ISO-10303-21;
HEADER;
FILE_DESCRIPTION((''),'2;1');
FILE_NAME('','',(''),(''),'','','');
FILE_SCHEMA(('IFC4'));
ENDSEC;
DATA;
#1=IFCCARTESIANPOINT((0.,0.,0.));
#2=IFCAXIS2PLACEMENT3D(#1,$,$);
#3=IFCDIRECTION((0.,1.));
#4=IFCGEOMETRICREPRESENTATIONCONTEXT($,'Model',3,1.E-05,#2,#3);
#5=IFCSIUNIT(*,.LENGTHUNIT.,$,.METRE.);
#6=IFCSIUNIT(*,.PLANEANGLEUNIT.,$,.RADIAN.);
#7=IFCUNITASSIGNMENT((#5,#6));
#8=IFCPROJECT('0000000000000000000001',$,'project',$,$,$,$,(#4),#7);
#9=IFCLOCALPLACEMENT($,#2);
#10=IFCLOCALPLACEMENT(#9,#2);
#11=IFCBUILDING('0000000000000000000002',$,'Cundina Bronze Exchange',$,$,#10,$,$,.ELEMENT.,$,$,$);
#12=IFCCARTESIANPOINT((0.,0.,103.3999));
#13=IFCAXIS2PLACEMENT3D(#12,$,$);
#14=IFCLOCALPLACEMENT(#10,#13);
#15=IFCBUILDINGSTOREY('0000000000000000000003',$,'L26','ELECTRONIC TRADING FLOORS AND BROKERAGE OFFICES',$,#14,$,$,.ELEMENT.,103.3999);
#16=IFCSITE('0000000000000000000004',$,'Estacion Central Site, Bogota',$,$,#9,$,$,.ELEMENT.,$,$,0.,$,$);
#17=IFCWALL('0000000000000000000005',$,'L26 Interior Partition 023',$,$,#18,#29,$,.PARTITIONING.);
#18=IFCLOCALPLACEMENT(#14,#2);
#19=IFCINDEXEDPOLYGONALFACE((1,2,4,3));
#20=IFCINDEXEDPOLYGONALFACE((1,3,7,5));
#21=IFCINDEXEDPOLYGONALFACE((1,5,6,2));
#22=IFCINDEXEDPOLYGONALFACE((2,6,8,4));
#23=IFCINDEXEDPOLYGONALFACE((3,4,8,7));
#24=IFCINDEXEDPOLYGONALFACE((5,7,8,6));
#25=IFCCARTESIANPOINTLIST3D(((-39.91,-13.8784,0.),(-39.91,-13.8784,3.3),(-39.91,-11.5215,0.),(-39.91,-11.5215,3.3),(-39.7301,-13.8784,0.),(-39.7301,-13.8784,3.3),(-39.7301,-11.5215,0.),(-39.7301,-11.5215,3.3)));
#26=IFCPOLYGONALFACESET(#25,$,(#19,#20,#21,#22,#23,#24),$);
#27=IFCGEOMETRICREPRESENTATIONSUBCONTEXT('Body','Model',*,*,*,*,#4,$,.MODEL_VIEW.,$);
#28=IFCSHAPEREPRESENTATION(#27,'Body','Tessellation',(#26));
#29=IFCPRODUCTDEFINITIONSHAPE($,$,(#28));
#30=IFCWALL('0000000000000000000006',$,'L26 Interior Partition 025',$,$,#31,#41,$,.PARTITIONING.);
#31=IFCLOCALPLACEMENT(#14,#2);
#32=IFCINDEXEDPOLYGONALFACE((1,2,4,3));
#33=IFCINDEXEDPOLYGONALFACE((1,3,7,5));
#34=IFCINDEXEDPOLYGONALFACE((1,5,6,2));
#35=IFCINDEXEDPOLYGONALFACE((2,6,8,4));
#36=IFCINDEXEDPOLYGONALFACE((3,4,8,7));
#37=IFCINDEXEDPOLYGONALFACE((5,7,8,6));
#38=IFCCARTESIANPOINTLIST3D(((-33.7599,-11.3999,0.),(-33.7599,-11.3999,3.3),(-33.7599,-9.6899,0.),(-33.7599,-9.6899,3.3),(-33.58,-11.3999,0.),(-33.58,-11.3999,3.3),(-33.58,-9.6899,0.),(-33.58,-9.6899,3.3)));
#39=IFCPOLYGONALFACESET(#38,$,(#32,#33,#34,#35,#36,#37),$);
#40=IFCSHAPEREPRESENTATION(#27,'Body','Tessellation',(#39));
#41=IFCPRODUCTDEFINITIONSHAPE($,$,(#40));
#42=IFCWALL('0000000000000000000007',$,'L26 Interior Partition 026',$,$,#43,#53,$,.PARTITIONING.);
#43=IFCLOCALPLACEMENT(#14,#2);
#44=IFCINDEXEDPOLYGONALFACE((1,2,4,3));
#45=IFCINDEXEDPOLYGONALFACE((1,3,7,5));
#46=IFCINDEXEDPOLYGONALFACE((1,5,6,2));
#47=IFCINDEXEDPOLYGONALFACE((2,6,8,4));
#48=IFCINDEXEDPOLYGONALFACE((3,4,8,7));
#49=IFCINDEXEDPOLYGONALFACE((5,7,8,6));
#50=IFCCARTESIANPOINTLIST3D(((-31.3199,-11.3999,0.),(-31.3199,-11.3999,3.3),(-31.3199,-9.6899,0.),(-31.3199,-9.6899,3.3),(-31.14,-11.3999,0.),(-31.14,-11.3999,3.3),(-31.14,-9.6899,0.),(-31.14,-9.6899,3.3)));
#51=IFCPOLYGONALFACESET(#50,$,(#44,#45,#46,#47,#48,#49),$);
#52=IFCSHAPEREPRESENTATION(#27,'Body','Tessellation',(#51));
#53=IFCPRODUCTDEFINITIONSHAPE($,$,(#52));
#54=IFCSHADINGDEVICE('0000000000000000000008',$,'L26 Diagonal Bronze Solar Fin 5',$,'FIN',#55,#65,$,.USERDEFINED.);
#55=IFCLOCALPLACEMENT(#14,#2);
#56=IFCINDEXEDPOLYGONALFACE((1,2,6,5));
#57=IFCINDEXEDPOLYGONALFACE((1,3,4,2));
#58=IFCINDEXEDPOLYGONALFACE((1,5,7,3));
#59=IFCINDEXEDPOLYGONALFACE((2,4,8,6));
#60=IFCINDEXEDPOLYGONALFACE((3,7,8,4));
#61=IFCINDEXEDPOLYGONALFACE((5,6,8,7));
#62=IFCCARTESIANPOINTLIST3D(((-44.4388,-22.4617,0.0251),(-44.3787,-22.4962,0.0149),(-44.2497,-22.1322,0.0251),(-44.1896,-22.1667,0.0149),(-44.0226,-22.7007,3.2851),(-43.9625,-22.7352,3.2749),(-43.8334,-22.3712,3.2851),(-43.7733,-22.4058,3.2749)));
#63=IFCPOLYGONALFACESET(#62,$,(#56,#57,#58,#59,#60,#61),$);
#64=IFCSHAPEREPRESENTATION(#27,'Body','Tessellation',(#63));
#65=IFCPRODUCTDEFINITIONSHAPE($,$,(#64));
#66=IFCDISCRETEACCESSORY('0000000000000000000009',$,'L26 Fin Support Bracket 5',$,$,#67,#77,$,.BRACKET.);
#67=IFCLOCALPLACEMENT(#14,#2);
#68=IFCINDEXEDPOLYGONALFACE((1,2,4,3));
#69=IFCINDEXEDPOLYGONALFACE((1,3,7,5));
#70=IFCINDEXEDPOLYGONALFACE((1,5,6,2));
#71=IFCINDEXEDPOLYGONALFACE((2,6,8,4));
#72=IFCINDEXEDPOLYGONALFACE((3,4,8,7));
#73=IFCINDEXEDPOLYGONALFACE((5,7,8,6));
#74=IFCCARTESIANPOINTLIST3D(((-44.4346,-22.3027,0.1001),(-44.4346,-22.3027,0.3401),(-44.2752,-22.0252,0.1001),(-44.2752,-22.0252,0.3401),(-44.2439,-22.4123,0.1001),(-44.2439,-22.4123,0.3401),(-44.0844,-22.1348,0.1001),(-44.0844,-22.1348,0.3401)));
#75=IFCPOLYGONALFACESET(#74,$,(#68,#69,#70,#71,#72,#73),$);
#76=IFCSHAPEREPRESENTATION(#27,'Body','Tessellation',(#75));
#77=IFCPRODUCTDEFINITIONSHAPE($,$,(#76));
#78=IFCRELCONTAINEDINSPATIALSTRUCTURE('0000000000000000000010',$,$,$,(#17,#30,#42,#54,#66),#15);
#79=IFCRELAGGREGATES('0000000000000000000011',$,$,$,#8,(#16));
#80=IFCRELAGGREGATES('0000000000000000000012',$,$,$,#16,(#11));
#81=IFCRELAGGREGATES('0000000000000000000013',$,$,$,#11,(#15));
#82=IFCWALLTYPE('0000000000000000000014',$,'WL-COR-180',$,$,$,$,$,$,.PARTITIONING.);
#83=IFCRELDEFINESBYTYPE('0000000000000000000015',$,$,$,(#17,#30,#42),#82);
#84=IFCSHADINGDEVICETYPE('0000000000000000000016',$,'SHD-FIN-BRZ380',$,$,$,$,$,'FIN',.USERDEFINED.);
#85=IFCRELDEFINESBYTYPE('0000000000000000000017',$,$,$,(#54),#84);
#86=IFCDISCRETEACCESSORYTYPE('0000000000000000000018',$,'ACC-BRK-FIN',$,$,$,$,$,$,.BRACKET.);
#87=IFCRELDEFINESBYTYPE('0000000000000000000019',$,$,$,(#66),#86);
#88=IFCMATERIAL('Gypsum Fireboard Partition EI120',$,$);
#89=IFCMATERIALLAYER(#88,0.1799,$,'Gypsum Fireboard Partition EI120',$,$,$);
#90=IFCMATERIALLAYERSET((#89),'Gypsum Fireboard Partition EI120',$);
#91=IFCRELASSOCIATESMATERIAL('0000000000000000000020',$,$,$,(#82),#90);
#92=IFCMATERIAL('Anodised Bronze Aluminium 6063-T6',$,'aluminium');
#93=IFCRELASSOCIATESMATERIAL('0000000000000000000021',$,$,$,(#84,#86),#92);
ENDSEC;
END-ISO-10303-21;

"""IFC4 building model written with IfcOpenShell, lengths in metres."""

from ifc_helpers import new_model, si_unit, direction, frame, frame_2d, origin, origin_2d, place, context, subcontext, project, spatial, rectangle, extrude, material, layer, layer_set, material_profile, profile_set, type_object, element, save


model = new_model("IFC4")

# Units and contexts
model_context = context("Model", 3, precision=1e-05, world=origin(), true_north=direction((0.0, 1.0)))
body_context = subcontext(model_context, "Body", "Model", "MODEL_VIEW")
ifc_project = project(units=[si_unit("LENGTHUNIT", "METRE"), si_unit("PLANEANGLEUNIT", "RADIAN")], contexts=[model_context])

# Site, building, storey
site_placement = place(None, origin())
site = spatial("IfcSite", under=ifc_project, at=site_placement, Name="Estacion Central Site, Bogota", CompositionType="ELEMENT", RefElevation=0.0)
building_placement = place(site_placement, origin())
building = spatial("IfcBuilding", under=site, at=building_placement, Name="Cundina Bronze Exchange", CompositionType="ELEMENT")
storey_placement = place(building_placement, frame((0.0, 0.0, 103.3999)))
storey = spatial("IfcBuildingStorey", under=building, at=storey_placement, Name="L26", Description="ELECTRONIC TRADING FLOORS AND BROKERAGE OFFICES", CompositionType="ELEMENT", Elevation=103.3999)

# Shared definitions
ifc_material_1 = material(Name="Anodised Bronze Aluminium 6063-T6", Category="aluminium")

# Shared definitions
ifc_material_2 = material(Name="Gypsum Fireboard Partition EI120")
ifc_layer_1 = layer(ifc_material_2, 0.1799, Name="Gypsum Fireboard Partition EI120")
ifc_layer_set_1 = layer_set([ifc_layer_1], Name="Gypsum Fireboard Partition EI120")
wall_type = type_object("IfcWallType", Name="WL-COR-180", PredefinedType="PARTITIONING", material=ifc_layer_set_1)

# Walls
wall_1_placement = place(storey_placement, frame((-39.8201, -11.5215, 0.0), z_axis=(0.0, 0.0, 1.0), x_axis=(0.0, -1.0, 0.0)))
element("IfcWall", 1, at=wall_1_placement, inside=storey, type_object=wall_type, Name="L26 Interior Partition 023", PredefinedType="PARTITIONING", context=body_context, shape_type="SweptSolid", body=[
    extrude(rectangle(XDim=2.3569, YDim=0.1799, at=frame_2d((1.1785, 0.0))), origin(), (0.0, 0.0, 1.0), 3.3),
])
for number, where, z_axis, x_axis, name in (
    (2, (-33.6699, -9.6899, 0.0), (0.0, 0.0, 1.0), (0.0, -1.0, 0.0), "L26 Interior Partition 025"),
    (3, (-31.23, -11.3999, 0.0), (0.0, 0.0, 1.0), (0.0, 1.0, 0.0), "L26 Interior Partition 026"),
):
    element("IfcWall", number, at=place(storey_placement, frame(where, z_axis=z_axis, x_axis=x_axis)), inside=storey, type_object=wall_type, Name=name, PredefinedType="PARTITIONING", context=body_context, shape_type="SweptSolid", body=[
        extrude(rectangle(XDim=1.71, YDim=0.1799, at=frame_2d((0.855, 0.0))), origin(), (0.0, 0.0, 1.0), 3.3),
    ])

# Shading device
ifc_material_profile_1 = material_profile(ifc_material_1, rectangle(XDim=0.0701, YDim=0.3799, at=origin_2d()), Name="FIN70X380", Category="aluminium")
ifc_profile_set_1 = profile_set([ifc_material_profile_1], Name="Anodised Bronze Aluminium 6063-T6")
shading_device_type = type_object("IfcShadingDeviceType", Name="SHD-FIN-BRZ380", ElementType="FIN", PredefinedType="USERDEFINED", material=ifc_profile_set_1)
shading_device_placement = place(storey_placement, frame((-44.3142, -22.3142, 0.02), z_axis=(0.126325, -0.072535, 0.989333), x_axis=(-0.857958, 0.492634, 0.145668)))
element("IfcShadingDevice", 4, at=shading_device_placement, inside=storey, type_object=shading_device_type, Name="L26 Diagonal Bronze Solar Fin 5", ObjectType="FIN", PredefinedType="USERDEFINED", context=body_context, shape_type="SweptSolid", body=[
    extrude(rectangle(XDim=0.0701, YDim=0.3799, at=origin_2d()), origin(), (0.0, 0.0, 1.0), 3.2952),
])

# Discrete accessory
discrete_accessory_type = type_object("IfcDiscreteAccessoryType", Name="ACC-BRK-FIN", PredefinedType="BRACKET", material=ifc_material_1)
discrete_accessory_placement = place(storey_placement, frame((-44.2595, -22.2188, 0.1001), z_axis=(0.0, 0.0, 1.0), x_axis=(0.867105, -0.498125, 0.0)))
element("IfcDiscreteAccessory", 5, at=discrete_accessory_placement, inside=storey, type_object=discrete_accessory_type, Name="L26 Fin Support Bracket 5", PredefinedType="BRACKET", context=body_context, shape_type="SweptSolid", body=[
    extrude(rectangle(XDim=0.22, YDim=0.3201, at=origin_2d()), origin(), (0.0, 0.0, 1.0), 0.24),
])

save(model, "model.ifc")
